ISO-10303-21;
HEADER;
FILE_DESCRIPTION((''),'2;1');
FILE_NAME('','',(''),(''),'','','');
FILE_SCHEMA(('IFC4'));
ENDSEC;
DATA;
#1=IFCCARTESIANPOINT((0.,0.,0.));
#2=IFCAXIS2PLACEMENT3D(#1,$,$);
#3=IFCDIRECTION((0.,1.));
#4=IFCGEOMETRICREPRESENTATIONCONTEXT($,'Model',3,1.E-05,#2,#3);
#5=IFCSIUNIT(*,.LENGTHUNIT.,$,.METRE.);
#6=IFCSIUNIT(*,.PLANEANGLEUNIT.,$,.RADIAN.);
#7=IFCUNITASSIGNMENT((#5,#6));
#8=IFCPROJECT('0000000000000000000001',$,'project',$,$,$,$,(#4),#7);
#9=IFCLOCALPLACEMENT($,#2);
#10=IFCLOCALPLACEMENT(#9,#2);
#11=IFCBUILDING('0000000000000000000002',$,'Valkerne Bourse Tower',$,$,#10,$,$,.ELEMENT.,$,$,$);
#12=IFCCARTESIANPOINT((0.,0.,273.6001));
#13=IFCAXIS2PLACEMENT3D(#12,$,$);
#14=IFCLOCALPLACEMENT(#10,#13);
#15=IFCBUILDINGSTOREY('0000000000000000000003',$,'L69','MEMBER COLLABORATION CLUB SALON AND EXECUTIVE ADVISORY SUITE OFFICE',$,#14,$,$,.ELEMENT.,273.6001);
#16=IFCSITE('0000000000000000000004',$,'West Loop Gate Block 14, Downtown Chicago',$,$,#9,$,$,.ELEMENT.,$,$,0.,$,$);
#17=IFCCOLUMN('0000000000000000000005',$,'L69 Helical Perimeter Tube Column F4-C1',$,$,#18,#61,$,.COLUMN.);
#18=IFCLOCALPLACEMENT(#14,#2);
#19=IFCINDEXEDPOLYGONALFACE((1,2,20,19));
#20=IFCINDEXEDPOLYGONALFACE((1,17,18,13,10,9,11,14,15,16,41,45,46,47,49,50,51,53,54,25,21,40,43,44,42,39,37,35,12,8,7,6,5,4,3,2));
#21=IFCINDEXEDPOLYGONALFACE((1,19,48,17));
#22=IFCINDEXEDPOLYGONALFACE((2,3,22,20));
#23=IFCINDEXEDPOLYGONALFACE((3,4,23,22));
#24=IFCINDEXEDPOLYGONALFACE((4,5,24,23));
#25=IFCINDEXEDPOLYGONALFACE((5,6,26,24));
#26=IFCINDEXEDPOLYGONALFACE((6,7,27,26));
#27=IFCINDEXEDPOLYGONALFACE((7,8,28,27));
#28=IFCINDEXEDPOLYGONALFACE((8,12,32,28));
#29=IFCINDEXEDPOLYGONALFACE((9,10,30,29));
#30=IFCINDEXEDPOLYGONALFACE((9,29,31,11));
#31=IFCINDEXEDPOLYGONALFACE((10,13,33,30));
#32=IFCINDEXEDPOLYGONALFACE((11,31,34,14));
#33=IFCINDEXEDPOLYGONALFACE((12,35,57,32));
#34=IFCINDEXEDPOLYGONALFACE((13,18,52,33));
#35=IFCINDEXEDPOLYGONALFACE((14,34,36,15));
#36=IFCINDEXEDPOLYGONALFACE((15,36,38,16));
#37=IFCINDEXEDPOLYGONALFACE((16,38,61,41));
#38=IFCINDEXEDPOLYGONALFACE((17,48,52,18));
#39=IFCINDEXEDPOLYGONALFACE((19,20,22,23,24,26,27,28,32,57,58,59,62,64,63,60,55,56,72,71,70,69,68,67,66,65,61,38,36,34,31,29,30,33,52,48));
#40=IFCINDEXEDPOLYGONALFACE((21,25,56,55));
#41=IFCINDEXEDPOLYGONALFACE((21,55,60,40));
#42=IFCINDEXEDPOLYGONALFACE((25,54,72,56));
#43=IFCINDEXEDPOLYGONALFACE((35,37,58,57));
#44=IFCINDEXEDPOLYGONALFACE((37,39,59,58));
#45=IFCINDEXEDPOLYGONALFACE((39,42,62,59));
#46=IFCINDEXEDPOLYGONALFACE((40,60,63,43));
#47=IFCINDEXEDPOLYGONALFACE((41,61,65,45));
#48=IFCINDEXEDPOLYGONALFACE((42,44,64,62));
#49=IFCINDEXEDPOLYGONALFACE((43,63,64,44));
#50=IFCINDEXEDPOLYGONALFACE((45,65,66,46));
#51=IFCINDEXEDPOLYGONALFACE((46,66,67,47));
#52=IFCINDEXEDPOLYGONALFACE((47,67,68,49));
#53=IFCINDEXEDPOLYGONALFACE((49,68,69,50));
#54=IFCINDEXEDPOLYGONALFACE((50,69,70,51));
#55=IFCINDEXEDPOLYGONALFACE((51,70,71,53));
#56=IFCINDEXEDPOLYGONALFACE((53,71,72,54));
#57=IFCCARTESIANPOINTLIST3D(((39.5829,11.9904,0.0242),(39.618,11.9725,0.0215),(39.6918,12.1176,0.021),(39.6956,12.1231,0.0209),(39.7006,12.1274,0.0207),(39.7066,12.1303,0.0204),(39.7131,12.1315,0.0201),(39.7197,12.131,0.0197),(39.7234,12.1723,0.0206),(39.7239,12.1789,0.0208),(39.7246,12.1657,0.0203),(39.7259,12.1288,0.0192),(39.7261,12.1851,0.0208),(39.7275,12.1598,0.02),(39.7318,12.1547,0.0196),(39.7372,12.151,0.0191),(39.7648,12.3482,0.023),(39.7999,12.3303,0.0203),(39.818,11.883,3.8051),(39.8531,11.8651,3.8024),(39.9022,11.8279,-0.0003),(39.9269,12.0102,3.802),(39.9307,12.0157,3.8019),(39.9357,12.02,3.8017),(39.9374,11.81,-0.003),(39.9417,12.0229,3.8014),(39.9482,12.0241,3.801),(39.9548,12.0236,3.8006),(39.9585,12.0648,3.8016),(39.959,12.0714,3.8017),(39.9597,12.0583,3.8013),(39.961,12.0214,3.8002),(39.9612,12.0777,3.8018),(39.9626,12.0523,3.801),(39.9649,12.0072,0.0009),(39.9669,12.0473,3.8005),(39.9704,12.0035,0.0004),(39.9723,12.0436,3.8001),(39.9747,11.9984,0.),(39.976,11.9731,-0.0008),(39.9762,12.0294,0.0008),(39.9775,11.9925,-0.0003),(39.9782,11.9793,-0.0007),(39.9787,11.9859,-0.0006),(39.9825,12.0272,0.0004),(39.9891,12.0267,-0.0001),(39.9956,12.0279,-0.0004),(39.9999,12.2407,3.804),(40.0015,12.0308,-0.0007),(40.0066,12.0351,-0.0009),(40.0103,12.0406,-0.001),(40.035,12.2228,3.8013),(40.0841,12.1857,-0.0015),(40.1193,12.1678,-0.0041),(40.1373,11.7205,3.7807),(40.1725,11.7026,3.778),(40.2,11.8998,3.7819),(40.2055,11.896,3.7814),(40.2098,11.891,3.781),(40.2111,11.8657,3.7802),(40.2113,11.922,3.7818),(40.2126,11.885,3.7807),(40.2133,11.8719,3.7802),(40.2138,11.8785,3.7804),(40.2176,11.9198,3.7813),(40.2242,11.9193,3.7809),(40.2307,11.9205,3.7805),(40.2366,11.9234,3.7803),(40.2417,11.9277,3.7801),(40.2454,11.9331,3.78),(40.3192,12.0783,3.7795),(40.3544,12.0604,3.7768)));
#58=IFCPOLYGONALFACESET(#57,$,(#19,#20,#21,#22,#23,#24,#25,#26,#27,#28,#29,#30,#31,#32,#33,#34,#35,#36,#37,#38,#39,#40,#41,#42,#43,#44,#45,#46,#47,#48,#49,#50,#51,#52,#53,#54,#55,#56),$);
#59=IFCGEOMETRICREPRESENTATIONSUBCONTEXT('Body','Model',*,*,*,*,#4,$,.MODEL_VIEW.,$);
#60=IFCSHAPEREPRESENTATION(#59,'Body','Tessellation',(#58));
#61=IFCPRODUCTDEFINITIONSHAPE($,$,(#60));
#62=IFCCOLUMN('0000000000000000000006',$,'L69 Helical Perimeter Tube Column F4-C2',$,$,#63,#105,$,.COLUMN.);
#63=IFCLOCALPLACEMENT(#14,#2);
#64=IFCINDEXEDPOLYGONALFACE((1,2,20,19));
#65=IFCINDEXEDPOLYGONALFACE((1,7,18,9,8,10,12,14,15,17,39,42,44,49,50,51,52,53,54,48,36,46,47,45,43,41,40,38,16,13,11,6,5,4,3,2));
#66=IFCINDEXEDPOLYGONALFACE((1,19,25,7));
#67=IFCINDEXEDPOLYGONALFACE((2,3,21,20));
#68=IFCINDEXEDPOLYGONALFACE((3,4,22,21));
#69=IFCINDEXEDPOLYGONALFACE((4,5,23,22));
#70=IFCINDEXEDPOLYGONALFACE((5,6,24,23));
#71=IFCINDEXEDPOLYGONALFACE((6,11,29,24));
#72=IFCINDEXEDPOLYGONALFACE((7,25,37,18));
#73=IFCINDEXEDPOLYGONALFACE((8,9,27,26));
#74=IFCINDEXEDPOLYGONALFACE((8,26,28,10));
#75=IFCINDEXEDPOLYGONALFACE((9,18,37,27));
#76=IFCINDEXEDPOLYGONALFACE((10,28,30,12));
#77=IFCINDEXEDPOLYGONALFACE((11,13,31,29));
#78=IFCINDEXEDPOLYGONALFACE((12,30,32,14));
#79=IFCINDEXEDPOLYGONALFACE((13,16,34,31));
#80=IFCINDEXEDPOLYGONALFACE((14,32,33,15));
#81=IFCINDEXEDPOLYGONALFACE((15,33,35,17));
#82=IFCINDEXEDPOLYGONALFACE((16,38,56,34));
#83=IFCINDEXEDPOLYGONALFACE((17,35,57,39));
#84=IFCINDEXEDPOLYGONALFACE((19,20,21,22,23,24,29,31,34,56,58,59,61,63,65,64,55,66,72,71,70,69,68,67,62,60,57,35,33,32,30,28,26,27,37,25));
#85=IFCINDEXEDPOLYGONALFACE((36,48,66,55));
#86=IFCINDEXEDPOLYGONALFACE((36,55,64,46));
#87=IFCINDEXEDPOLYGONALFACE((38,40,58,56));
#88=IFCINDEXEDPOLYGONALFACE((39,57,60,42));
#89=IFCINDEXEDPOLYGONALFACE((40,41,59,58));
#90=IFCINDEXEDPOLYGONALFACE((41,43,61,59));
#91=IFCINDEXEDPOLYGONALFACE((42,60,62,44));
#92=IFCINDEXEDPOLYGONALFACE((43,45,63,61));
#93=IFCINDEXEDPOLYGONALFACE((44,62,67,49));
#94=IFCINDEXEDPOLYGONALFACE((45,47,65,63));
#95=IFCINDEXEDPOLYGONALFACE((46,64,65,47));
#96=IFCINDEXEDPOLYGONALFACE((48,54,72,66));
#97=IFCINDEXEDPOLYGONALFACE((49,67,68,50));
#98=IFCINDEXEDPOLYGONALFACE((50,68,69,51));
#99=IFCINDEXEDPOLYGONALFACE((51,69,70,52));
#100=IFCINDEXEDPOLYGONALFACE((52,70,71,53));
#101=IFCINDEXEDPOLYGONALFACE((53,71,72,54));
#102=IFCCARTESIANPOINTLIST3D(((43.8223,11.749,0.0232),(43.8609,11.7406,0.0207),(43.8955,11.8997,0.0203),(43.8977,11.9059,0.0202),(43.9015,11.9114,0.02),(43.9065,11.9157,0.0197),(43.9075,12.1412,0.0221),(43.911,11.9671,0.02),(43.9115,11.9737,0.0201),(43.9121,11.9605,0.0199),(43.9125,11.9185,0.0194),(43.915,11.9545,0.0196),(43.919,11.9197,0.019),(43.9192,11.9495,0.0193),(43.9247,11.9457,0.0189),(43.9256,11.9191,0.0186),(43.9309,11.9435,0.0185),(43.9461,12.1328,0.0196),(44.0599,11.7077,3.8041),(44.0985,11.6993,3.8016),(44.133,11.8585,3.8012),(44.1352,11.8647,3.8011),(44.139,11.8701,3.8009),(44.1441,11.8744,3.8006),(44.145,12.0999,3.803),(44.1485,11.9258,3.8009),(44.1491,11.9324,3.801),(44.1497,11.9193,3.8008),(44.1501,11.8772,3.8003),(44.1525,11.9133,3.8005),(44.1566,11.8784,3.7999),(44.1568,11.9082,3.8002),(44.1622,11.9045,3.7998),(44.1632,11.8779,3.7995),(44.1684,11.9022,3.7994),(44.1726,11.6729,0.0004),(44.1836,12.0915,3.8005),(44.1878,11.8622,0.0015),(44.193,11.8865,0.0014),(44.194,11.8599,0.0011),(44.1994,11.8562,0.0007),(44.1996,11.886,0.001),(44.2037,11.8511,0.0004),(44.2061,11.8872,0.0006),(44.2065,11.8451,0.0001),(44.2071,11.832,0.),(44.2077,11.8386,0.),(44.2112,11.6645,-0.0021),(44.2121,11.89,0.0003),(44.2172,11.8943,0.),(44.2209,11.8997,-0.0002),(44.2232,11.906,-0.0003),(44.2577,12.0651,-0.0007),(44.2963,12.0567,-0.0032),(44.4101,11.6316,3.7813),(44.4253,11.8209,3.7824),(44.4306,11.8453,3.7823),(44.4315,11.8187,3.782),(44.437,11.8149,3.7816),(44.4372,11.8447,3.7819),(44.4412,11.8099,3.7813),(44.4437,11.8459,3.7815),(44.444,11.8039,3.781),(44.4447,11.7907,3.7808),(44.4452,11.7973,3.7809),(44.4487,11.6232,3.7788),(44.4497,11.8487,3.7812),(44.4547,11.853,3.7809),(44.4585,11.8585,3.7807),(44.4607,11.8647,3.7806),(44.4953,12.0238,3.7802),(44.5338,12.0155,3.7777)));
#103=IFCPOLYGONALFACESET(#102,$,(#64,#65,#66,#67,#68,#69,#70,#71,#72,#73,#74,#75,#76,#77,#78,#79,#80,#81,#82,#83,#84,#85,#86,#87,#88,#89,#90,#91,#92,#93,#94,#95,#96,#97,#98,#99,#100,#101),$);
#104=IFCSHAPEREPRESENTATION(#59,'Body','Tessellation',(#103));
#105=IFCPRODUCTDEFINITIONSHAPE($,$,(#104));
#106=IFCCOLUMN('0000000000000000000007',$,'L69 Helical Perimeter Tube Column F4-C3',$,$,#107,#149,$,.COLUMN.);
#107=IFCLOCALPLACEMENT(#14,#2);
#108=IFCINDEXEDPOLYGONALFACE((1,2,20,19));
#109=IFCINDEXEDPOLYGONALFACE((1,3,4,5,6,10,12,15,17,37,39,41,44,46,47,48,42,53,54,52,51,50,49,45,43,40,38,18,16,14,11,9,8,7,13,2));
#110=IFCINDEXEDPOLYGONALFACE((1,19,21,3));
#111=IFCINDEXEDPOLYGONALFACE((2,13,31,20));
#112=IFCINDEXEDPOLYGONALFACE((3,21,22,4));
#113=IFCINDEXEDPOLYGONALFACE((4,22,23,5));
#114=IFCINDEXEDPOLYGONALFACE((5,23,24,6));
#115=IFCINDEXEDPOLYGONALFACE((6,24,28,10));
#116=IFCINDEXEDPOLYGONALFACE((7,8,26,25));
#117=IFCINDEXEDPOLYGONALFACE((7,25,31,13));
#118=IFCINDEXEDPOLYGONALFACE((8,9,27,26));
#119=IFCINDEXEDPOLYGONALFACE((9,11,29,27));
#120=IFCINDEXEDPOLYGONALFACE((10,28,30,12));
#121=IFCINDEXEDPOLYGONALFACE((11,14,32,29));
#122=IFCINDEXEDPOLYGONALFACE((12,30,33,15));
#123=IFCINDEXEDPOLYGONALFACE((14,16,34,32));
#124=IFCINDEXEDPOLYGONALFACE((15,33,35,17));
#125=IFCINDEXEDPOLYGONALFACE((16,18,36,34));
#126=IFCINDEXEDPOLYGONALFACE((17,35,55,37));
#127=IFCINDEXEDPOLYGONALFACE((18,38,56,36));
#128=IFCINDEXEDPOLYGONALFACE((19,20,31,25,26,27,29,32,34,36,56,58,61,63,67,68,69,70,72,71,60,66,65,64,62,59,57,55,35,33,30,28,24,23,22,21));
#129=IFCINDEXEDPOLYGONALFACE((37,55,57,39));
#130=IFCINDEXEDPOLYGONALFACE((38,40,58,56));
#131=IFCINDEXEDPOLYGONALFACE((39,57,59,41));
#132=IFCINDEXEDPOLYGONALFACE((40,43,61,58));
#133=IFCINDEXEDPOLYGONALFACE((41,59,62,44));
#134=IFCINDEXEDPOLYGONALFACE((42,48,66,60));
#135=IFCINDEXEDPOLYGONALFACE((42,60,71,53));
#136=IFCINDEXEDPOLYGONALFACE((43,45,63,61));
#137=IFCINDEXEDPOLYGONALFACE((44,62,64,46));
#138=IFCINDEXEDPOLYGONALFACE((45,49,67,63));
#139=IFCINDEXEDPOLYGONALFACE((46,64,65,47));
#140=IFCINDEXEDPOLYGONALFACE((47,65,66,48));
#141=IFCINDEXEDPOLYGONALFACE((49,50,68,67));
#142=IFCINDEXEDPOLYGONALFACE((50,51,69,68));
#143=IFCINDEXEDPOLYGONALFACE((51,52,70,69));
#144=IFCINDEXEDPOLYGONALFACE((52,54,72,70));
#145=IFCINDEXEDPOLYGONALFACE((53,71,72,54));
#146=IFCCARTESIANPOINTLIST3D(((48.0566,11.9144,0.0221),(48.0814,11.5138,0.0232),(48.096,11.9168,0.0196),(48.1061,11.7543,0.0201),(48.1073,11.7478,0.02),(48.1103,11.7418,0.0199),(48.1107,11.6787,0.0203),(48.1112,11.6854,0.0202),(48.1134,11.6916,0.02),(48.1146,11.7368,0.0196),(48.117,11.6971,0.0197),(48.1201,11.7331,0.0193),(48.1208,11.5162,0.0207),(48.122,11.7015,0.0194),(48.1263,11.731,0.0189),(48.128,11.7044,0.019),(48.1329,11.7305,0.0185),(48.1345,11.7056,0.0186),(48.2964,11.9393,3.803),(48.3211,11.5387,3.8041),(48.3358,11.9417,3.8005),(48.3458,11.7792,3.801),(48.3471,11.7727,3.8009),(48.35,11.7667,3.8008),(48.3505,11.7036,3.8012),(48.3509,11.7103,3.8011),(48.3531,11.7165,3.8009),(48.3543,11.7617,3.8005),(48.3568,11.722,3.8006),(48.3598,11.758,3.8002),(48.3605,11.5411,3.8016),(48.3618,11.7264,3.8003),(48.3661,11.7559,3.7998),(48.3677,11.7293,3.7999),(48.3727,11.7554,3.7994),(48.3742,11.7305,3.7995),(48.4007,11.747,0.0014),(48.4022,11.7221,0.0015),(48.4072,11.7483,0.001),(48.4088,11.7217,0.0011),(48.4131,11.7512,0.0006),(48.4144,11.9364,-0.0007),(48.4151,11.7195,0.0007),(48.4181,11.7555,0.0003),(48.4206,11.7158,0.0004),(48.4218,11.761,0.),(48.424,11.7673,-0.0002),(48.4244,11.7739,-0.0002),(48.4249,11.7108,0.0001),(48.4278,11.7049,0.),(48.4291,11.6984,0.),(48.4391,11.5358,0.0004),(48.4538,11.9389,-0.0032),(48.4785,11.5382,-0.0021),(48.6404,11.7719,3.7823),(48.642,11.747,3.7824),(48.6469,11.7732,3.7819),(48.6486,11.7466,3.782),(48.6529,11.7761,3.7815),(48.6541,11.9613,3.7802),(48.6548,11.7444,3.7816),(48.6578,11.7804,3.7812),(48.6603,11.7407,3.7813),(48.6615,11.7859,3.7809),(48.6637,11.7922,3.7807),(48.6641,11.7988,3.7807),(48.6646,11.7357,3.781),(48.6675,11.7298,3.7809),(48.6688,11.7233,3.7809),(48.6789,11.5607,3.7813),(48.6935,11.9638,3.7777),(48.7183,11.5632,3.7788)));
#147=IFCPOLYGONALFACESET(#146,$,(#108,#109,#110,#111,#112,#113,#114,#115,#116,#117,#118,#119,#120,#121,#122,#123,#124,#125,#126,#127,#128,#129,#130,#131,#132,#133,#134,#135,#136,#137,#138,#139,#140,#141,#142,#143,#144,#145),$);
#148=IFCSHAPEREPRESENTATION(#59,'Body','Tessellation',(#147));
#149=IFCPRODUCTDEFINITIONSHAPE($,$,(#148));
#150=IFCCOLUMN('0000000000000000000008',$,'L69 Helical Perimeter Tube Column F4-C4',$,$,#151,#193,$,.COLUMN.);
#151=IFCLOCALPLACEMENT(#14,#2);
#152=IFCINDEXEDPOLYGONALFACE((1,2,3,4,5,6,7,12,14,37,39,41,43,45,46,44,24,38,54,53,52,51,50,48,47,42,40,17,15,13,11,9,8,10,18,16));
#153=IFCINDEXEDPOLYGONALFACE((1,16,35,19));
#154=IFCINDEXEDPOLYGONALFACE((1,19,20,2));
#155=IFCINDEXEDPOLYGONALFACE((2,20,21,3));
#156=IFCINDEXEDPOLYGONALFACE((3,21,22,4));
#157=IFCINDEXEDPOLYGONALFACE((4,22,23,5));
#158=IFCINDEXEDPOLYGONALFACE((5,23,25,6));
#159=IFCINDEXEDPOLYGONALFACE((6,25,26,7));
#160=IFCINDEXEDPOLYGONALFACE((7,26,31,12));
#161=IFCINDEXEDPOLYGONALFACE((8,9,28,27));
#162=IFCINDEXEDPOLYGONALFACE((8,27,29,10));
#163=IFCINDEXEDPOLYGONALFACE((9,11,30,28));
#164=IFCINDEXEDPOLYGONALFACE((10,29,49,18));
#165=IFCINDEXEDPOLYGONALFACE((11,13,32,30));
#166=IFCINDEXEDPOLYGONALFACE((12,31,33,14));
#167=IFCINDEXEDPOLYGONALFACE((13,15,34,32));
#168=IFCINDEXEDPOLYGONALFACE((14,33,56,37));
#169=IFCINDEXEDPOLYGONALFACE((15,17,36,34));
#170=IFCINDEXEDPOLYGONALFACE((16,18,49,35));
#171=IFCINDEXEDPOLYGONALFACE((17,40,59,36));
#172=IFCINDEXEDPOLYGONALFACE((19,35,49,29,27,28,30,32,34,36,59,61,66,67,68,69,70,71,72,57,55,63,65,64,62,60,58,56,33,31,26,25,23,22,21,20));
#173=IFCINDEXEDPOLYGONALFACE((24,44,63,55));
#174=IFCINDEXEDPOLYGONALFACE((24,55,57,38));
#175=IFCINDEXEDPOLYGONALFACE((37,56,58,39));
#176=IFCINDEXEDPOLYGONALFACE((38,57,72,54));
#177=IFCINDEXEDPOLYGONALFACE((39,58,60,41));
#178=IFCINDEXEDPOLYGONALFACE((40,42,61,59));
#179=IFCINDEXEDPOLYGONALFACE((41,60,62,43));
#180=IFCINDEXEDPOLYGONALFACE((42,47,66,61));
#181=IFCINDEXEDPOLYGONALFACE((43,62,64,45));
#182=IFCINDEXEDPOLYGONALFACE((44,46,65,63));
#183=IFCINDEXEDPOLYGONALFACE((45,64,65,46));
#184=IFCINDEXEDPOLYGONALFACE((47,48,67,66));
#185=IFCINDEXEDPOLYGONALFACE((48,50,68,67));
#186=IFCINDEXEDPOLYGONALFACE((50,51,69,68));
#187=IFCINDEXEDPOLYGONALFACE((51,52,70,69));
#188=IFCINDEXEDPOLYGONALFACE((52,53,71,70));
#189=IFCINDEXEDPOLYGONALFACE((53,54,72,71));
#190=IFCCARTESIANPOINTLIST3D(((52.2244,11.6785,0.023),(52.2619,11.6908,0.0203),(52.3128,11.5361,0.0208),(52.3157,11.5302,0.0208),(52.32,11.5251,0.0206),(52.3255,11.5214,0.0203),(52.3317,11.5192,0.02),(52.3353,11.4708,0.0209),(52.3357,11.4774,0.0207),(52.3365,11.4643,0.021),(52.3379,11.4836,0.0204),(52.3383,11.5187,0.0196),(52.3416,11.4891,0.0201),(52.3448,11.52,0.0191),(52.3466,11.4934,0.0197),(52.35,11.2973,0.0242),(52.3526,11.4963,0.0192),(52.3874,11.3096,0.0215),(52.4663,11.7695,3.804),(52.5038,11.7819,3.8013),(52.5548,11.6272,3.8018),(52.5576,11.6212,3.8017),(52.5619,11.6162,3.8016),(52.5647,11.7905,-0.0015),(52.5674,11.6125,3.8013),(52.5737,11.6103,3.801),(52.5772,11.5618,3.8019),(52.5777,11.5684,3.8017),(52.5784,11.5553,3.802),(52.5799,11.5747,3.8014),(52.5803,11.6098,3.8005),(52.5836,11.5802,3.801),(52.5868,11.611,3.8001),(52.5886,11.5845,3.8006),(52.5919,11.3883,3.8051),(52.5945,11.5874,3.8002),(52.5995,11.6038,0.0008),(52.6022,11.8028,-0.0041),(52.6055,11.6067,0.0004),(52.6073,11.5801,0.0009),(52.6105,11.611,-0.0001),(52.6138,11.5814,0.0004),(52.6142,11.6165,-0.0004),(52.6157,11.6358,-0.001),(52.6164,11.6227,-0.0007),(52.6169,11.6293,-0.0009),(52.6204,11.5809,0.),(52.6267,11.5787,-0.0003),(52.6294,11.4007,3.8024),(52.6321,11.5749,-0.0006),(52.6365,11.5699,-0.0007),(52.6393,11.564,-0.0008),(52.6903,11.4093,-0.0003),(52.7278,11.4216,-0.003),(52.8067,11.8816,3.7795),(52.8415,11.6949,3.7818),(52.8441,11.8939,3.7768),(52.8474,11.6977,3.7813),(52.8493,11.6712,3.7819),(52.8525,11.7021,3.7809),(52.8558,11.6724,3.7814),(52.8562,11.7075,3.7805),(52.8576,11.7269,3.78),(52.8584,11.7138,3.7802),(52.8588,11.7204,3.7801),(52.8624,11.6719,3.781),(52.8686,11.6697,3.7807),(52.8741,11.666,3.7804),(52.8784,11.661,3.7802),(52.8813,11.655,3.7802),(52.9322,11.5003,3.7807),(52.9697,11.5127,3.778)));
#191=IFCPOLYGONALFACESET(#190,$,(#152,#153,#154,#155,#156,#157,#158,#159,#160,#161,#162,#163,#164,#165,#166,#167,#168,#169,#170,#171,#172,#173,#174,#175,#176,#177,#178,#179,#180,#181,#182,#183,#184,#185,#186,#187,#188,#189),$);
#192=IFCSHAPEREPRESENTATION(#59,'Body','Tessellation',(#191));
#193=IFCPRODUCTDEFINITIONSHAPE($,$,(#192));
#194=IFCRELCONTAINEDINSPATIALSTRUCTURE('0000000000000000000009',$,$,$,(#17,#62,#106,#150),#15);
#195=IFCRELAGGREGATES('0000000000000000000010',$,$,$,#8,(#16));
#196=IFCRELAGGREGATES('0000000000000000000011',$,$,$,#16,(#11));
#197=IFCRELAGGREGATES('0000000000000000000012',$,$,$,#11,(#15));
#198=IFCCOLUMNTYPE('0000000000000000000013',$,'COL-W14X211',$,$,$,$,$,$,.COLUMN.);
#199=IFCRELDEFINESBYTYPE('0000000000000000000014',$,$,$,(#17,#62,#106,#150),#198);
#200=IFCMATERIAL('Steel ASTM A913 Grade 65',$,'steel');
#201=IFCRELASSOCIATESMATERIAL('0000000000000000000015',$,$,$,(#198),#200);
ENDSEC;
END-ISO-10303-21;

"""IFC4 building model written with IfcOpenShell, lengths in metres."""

from ifc_helpers import new_model, si_unit, direction, frame, origin, origin_2d, place, context, subcontext, project, spatial, i_section, extrude, material, material_profile, profile_set, type_object, element, save


model = new_model("IFC4")

# Units and contexts
model_context = context("Model", 3, precision=1e-05, world=origin(), true_north=direction((0.0, 1.0)))
body_context = subcontext(model_context, "Body", "Model", "MODEL_VIEW")
ifc_project = project(units=[si_unit("LENGTHUNIT", "METRE"), si_unit("PLANEANGLEUNIT", "RADIAN")], contexts=[model_context])

# Site, building, storey
site_placement = place(None, origin())
site = spatial("IfcSite", under=ifc_project, at=site_placement, Name="West Loop Gate Block 14, Downtown Chicago", CompositionType="ELEMENT", RefElevation=0.0)
building_placement = place(site_placement, origin())
building = spatial("IfcBuilding", under=site, at=building_placement, Name="Valkerne Bourse Tower", CompositionType="ELEMENT")
storey_placement = place(building_placement, frame((0.0, 0.0, 273.6001)))
storey = spatial("IfcBuildingStorey", under=building, at=storey_placement, Name="L69", Description="MEMBER COLLABORATION CLUB SALON AND EXECUTIVE ADVISORY SUITE OFFICE", CompositionType="ELEMENT", Elevation=273.6001)

# Columns
ifc_material_1 = material(Name="Steel ASTM A913 Grade 65", Category="steel")
ifc_material_profile_1 = material_profile(ifc_material_1, i_section(OverallWidth=0.4014, OverallDepth=0.3987, WebThickness=0.0249, FlangeThickness=0.0396, FilletRadius=0.0254, at=origin_2d()), Name="W14X211")
ifc_profile_set_1 = profile_set([ifc_material_profile_1], Name="Steel ASTM A913 Grade 65")
column_type = type_object("IfcColumnType", Name="COL-W14X211", PredefinedType="COLUMN", material=ifc_profile_set_1)
column_1_placement = place(storey_placement, frame((39.8511, 12.0791, 0.01), z_axis=(0.062036, -0.028345, 0.997671), x_axis=(0.453216, 0.891396, -0.002856)))
element("IfcColumn", 1, at=column_1_placement, inside=storey, type_object=column_type, Name="L69 Helical Perimeter Tube Column F4-C1", PredefinedType="COLUMN", context=body_context, shape_type="SweptSolid", body=[
    extrude(i_section(OverallWidth=0.4014, OverallDepth=0.3987, WebThickness=0.0249, FlangeThickness=0.0396, FilletRadius=0.0254, at=origin_2d()), origin(), (0.0, 0.0, 1.0), 3.7898),
])
for number, where, z_axis, x_axis, name in (
    (2, (44.0593, 11.9028, 0.01), (0.0627, -0.01089, 0.997973), (0.212152, 0.977233, -0.002665), "L69 Helical Perimeter Tube Column F4-C2"),
    (3, (48.2676, 11.7263, 0.01), (0.06328, 0.006573, 0.997974), (-0.061656, 0.998094, -0.002664), "L69 Helical Perimeter Tube Column F4-C3"),
):
    element("IfcColumn", number, at=place(storey_placement, frame(where, z_axis=z_axis, x_axis=x_axis)), inside=storey, type_object=column_type, Name=name, PredefinedType="COLUMN", context=body_context, shape_type="SweptSolid", body=[
        extrude(i_section(OverallWidth=0.4014, OverallDepth=0.3987, WebThickness=0.0249, FlangeThickness=0.0396, FilletRadius=0.0254, at=origin_2d()), origin(), (0.0, 0.0, 1.0), 3.7886),
    ])
column_2_placement = place(storey_placement, frame((52.4761, 11.55, 0.01), z_axis=(0.06384, 0.024029, 0.997671), x_axis=(-0.312852, 0.949797, -0.002856)))
element("IfcColumn", 4, at=column_2_placement, inside=storey, type_object=column_type, Name="L69 Helical Perimeter Tube Column F4-C4", PredefinedType="COLUMN", context=body_context, shape_type="SweptSolid", body=[
    extrude(i_section(OverallWidth=0.4014, OverallDepth=0.3987, WebThickness=0.0249, FlangeThickness=0.0396, FilletRadius=0.0254, at=origin_2d()), origin(), (0.0, 0.0, 1.0), 3.7898),
])

save(model, "model.ifc")
